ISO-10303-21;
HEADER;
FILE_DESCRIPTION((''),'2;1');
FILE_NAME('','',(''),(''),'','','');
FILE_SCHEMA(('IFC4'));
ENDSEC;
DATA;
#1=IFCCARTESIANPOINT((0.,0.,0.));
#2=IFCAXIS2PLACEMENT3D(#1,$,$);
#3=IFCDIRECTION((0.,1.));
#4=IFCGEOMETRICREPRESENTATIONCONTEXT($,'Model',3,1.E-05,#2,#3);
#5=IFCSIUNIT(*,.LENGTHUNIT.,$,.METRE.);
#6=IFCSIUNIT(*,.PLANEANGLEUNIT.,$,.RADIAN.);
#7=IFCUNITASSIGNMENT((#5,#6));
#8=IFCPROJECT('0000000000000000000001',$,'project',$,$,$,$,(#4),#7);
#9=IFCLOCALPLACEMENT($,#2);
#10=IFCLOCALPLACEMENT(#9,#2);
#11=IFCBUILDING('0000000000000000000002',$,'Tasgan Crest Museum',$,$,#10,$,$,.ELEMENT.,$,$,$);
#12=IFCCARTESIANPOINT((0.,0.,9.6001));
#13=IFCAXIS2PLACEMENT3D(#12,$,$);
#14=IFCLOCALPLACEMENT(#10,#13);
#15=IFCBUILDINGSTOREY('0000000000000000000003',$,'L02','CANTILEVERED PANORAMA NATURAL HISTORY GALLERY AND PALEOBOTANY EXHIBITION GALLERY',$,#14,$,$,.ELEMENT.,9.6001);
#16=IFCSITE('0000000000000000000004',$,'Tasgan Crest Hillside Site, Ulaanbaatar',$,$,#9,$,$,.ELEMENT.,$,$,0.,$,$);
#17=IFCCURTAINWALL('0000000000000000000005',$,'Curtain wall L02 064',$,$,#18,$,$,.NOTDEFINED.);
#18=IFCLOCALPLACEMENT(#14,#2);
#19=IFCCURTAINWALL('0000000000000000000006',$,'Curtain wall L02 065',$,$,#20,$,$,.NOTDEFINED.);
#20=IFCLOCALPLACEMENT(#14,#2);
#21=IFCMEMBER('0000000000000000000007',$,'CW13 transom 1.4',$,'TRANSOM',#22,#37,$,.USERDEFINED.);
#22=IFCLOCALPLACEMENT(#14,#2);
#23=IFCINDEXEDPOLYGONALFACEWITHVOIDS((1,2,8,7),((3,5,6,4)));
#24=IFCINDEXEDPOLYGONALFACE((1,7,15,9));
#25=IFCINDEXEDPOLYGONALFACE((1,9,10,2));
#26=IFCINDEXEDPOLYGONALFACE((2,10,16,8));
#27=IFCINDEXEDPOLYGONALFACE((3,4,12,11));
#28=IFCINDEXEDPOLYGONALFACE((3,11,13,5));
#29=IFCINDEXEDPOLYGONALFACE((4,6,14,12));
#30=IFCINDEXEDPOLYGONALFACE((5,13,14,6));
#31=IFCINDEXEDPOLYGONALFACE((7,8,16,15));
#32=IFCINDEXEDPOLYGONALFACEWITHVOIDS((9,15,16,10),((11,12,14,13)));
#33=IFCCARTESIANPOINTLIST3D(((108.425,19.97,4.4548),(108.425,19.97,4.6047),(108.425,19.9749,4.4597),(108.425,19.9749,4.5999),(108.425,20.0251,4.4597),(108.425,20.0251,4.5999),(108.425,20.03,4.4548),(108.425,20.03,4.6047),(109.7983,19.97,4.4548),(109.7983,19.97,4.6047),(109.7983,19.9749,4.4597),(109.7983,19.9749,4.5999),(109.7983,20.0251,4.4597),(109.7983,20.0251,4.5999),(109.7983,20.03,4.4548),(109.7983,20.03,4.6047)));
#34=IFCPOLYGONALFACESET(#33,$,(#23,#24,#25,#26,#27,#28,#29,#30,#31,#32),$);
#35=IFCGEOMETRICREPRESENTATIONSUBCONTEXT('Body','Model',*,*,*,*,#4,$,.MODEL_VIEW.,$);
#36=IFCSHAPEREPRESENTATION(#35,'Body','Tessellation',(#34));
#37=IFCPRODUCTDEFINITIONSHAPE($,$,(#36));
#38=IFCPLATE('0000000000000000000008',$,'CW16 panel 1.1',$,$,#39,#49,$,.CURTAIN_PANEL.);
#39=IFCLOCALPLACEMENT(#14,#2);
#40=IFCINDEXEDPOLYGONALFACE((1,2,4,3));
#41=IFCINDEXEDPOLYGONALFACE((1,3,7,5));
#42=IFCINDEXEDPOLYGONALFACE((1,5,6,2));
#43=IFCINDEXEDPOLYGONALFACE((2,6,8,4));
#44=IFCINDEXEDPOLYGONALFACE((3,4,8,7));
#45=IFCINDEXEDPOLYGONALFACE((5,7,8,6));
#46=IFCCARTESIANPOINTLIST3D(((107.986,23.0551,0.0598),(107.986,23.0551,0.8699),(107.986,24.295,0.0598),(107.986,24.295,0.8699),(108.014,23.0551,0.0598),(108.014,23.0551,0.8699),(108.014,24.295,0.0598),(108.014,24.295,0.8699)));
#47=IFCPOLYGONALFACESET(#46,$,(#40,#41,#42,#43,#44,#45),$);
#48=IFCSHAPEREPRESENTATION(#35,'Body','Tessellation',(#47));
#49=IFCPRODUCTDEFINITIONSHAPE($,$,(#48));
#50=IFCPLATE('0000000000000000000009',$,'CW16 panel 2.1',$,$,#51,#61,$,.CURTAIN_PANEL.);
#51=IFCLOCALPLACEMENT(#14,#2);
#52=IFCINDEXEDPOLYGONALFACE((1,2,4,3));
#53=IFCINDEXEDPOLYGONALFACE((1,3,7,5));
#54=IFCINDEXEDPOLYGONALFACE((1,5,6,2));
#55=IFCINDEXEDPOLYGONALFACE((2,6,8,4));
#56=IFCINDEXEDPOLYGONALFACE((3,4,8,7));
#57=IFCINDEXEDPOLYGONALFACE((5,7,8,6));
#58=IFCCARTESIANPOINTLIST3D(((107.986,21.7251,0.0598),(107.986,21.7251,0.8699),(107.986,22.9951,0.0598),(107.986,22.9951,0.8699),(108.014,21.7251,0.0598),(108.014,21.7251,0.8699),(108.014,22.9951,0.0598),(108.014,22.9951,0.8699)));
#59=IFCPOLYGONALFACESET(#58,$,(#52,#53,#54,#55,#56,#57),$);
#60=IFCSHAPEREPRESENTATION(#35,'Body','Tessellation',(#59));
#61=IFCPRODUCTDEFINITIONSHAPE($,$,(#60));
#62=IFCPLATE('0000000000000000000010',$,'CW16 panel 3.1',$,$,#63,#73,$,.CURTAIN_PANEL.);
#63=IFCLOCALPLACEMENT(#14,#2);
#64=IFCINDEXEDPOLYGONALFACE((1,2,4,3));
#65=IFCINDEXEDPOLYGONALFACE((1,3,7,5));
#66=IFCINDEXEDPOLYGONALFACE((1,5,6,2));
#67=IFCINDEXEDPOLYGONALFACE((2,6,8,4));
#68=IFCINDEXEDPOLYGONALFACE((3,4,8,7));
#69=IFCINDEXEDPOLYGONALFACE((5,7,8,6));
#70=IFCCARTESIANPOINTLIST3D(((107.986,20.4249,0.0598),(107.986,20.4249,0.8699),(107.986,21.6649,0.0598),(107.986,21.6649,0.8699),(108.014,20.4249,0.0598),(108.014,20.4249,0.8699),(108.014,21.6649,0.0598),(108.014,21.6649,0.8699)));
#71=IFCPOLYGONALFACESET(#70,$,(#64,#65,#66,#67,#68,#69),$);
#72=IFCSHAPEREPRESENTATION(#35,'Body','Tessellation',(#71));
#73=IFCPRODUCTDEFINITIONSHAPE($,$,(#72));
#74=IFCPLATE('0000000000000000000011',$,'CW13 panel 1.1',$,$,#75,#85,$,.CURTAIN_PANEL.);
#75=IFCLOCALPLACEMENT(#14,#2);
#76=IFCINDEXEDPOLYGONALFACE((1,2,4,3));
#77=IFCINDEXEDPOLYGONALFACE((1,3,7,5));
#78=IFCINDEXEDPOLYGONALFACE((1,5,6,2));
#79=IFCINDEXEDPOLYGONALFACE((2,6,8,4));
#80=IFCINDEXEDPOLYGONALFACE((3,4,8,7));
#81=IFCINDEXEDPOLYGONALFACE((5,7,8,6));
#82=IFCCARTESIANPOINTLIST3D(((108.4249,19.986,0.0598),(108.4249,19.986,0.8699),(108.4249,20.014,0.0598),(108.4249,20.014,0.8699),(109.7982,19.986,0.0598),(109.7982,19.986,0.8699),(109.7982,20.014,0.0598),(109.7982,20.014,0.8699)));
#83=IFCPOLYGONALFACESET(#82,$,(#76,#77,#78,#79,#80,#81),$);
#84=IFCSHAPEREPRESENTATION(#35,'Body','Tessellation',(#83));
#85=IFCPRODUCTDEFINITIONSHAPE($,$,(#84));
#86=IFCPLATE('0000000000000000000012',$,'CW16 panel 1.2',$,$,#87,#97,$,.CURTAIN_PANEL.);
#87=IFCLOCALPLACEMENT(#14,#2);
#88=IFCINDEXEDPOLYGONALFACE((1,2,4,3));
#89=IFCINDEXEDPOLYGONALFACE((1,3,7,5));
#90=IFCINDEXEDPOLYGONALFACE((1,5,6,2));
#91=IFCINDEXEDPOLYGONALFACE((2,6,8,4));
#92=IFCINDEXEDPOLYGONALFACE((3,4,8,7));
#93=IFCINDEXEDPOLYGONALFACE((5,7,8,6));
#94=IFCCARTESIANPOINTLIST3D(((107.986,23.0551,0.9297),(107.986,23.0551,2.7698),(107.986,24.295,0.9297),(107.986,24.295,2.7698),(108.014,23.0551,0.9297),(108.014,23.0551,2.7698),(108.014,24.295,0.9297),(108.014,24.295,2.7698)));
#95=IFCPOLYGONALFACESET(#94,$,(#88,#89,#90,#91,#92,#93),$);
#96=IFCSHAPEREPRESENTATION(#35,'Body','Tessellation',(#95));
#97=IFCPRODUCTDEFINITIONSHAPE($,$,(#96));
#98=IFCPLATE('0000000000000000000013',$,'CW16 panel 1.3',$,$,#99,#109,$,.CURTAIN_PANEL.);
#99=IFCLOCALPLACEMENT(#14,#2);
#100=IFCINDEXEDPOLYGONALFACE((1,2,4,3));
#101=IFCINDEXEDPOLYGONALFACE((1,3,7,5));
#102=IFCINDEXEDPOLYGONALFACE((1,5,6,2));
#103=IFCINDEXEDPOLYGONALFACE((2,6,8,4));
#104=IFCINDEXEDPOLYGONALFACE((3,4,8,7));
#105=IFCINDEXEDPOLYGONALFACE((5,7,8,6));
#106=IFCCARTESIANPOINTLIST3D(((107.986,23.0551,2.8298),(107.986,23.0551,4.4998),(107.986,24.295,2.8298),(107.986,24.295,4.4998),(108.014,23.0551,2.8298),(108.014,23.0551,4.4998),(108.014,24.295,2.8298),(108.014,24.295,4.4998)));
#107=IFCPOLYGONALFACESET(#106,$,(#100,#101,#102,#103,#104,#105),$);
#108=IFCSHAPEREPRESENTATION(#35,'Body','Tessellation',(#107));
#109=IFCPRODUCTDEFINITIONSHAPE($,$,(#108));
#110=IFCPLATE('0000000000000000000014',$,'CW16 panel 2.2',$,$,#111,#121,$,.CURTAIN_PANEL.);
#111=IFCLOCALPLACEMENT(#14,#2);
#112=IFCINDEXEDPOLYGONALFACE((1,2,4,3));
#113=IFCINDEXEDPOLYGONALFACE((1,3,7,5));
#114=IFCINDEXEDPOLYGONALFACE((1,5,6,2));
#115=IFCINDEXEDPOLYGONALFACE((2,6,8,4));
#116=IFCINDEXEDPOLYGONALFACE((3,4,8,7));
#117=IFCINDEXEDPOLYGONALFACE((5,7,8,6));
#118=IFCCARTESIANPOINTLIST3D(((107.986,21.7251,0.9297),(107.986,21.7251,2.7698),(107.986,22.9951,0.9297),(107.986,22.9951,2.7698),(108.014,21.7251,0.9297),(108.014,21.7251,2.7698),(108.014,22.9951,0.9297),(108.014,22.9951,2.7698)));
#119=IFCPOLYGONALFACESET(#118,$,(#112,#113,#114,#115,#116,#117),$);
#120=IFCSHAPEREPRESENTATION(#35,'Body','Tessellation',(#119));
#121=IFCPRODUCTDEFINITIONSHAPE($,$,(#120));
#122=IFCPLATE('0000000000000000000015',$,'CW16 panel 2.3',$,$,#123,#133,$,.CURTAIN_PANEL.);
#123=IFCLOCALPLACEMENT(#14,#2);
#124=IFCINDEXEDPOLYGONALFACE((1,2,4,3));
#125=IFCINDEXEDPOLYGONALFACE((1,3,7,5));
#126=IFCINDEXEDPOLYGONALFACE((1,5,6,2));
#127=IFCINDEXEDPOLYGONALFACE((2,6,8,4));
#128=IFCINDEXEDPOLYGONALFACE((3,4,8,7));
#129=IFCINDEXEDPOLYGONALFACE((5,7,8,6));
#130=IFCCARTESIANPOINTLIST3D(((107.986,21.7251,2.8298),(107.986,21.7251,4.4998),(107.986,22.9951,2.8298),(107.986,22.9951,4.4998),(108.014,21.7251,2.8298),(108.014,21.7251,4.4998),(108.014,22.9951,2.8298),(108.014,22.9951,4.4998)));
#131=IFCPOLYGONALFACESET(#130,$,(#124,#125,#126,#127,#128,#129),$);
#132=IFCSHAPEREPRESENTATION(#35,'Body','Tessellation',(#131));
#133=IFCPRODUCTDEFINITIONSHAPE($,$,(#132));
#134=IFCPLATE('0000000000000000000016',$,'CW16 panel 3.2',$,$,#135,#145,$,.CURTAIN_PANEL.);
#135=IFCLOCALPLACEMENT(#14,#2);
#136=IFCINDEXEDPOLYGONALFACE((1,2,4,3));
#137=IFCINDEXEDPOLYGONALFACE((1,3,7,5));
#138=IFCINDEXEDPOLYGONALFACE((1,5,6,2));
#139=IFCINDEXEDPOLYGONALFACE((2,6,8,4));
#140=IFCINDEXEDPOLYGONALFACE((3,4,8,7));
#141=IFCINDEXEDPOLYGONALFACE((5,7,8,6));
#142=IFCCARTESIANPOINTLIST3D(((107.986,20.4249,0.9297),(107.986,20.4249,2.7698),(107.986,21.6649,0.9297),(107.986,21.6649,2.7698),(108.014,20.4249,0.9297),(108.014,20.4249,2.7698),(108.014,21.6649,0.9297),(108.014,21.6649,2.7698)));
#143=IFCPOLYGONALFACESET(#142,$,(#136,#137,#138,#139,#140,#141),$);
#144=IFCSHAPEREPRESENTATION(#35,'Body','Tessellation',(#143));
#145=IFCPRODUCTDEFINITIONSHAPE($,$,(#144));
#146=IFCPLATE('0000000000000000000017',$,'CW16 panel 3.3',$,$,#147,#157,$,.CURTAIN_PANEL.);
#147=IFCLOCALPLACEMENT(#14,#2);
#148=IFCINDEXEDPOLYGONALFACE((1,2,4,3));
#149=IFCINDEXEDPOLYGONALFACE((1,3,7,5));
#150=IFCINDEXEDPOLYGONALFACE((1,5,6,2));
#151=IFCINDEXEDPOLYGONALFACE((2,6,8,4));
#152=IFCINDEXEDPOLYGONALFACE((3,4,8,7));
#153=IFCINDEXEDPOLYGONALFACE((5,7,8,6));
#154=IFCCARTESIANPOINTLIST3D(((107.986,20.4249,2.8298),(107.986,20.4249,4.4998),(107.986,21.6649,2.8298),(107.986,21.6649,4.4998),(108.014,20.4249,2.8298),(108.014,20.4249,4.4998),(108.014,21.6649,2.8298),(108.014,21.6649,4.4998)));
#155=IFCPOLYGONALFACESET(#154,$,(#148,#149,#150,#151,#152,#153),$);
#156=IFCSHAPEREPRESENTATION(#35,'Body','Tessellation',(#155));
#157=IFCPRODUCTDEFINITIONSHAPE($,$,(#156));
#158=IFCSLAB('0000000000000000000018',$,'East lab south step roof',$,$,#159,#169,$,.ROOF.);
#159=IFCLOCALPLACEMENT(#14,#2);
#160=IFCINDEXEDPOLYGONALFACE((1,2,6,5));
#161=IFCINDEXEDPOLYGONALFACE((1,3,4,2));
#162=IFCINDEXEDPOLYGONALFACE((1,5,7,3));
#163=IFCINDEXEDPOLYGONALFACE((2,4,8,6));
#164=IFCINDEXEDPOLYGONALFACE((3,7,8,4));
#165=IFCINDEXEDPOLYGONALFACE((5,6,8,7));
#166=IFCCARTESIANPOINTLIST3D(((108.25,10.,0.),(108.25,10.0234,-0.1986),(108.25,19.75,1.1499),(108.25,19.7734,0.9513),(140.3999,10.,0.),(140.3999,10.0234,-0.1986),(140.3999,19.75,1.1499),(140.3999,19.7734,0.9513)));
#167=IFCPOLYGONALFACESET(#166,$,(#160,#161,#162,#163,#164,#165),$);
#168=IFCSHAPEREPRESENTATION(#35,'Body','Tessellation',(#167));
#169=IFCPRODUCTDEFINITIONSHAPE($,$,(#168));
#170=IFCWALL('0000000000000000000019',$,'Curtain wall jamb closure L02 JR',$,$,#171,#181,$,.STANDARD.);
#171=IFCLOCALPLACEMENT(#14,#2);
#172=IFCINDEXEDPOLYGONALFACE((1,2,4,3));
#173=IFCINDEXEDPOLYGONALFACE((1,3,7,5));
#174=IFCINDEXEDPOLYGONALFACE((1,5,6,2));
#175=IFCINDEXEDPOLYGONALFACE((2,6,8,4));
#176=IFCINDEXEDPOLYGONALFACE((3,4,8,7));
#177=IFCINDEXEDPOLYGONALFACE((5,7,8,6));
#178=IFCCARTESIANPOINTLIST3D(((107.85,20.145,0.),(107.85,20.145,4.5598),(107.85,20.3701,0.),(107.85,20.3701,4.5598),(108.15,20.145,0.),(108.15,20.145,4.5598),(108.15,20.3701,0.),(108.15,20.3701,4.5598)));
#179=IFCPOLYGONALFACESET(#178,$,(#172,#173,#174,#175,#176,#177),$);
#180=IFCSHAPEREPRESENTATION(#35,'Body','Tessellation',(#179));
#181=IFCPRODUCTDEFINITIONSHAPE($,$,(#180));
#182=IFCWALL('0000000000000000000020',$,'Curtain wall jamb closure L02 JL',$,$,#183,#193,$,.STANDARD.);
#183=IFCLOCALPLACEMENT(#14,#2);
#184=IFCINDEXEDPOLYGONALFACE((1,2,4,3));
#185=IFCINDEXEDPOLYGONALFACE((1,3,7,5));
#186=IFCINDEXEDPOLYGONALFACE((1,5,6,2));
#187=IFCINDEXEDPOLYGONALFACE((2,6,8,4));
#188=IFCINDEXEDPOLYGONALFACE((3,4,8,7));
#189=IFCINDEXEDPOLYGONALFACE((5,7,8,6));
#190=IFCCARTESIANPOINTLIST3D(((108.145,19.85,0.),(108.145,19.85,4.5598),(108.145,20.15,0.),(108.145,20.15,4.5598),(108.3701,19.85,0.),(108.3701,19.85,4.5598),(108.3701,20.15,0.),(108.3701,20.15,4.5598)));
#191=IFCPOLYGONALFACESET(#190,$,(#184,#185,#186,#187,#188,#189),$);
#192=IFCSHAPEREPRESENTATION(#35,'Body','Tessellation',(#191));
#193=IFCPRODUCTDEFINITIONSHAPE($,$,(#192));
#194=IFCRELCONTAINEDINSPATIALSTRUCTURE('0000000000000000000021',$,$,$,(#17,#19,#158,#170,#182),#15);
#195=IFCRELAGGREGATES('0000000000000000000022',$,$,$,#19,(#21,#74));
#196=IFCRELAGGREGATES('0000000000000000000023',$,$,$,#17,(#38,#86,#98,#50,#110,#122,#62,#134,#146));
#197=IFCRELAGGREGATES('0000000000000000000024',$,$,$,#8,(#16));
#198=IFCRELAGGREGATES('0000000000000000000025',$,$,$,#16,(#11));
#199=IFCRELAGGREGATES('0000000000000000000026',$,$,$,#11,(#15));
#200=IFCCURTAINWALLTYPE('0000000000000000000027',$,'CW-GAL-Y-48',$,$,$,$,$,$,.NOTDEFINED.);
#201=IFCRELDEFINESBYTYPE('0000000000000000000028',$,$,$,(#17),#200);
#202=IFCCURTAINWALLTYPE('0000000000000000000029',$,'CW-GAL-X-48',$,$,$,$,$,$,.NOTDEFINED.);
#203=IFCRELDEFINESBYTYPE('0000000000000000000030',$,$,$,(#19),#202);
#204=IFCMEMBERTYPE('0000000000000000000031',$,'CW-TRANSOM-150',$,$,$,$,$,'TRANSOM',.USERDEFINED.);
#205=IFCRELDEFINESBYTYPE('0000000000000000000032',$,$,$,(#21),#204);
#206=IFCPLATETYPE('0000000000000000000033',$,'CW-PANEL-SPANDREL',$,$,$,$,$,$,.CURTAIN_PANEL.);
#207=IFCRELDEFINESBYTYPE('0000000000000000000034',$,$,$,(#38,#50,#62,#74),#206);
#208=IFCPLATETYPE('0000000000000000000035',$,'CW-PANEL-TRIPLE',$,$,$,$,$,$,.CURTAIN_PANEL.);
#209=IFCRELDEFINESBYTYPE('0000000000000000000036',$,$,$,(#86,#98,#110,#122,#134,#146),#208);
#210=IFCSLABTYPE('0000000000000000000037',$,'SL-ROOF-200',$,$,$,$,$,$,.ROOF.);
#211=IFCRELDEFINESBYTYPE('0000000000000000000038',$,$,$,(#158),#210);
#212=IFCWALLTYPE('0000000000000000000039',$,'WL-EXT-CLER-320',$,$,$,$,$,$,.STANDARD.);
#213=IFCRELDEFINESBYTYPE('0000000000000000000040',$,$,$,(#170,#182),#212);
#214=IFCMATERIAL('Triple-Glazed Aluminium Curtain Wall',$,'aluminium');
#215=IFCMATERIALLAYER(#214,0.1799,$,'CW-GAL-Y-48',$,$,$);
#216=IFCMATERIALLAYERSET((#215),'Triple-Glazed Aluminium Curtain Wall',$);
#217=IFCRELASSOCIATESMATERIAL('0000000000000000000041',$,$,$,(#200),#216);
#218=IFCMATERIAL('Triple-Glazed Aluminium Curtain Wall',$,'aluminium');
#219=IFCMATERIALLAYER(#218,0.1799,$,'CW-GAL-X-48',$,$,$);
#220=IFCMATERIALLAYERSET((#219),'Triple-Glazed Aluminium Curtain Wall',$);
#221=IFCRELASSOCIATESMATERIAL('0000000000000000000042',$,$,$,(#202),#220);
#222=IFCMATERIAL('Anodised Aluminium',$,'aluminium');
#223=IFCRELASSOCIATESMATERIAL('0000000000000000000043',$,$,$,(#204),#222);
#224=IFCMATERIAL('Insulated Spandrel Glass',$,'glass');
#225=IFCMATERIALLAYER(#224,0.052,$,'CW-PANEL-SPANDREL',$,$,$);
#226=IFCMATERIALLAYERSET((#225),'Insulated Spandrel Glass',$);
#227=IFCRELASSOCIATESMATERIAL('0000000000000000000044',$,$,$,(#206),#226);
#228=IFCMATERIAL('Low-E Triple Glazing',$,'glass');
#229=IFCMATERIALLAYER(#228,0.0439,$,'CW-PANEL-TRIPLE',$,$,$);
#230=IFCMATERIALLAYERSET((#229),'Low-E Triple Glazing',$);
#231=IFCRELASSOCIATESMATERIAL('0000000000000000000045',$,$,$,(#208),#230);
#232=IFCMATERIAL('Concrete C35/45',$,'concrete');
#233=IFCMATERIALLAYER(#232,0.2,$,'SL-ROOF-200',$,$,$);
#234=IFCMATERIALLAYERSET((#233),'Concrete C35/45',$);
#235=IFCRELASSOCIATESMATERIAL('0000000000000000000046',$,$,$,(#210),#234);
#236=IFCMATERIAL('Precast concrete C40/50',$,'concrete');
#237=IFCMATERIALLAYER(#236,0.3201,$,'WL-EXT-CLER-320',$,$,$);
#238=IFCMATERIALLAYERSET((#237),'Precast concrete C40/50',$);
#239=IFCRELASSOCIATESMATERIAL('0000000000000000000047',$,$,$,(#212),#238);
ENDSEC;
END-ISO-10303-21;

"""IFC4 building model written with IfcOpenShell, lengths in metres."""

from ifc_helpers import new_model, si_unit, direction, frame, frame_2d, origin, origin_2d, place, context, subcontext, project, spatial, polyline, rectangle, hollow_rectangle, outline, extrude, material, layer, layer_set, material_profile, profile_set, type_object, element, aggregate, save


model = new_model("IFC4")

# Units and contexts
model_context = context("Model", 3, precision=1e-05, world=origin(), true_north=direction((0.0, 1.0)))
body_context = subcontext(model_context, "Body", "Model", "MODEL_VIEW")
ifc_project = project(units=[si_unit("LENGTHUNIT", "METRE"), si_unit("PLANEANGLEUNIT", "RADIAN")], contexts=[model_context])

# Site, building, storey
site_placement = place(None, origin())
site = spatial("IfcSite", under=ifc_project, at=site_placement, Name="Tasgan Crest Hillside Site, Ulaanbaatar", CompositionType="ELEMENT", RefElevation=0.0)
building_placement = place(site_placement, origin())
building = spatial("IfcBuilding", under=site, at=building_placement, Name="Tasgan Crest Museum", CompositionType="ELEMENT")
storey_placement = place(building_placement, frame((0.0, 0.0, 9.6001)))
storey = spatial("IfcBuildingStorey", under=building, at=storey_placement, Name="L02", Description="CANTILEVERED PANORAMA NATURAL HISTORY GALLERY AND PALEOBOTANY EXHIBITION GALLERY", CompositionType="ELEMENT", Elevation=9.6001)

# Curtain wall
ifc_material_1 = material(Name="Triple-Glazed Aluminium Curtain Wall", Category="aluminium")
ifc_layer_1 = layer(ifc_material_1, 0.1799, Name="CW-GAL-Y-48")
ifc_layer_set_1 = layer_set([ifc_layer_1], Name="Triple-Glazed Aluminium Curtain Wall")
curtain_wall_type_1 = type_object("IfcCurtainWallType", Name="CW-GAL-Y-48", PredefinedType="NOTDEFINED", material=ifc_layer_set_1)
curtain_wall_1_placement = place(storey_placement, origin())
curtain_wall_1 = element("IfcCurtainWall", 1, at=curtain_wall_1_placement, inside=storey, type_object=curtain_wall_type_1, Name="Curtain wall L02 064", PredefinedType="NOTDEFINED")

# Curtain wall
ifc_material_2 = material(Name="Triple-Glazed Aluminium Curtain Wall", Category="aluminium")
ifc_layer_2 = layer(ifc_material_2, 0.1799, Name="CW-GAL-X-48")
ifc_layer_set_2 = layer_set([ifc_layer_2], Name="Triple-Glazed Aluminium Curtain Wall")
curtain_wall_type_2 = type_object("IfcCurtainWallType", Name="CW-GAL-X-48", PredefinedType="NOTDEFINED", material=ifc_layer_set_2)
curtain_wall_2_placement = place(storey_placement, origin())
curtain_wall_2 = element("IfcCurtainWall", 2, at=curtain_wall_2_placement, inside=storey, type_object=curtain_wall_type_2, Name="Curtain wall L02 065", PredefinedType="NOTDEFINED")

# Member
ifc_material_3 = material(Name="Anodised Aluminium", Category="aluminium")
ifc_material_profile_1 = material_profile(ifc_material_3, hollow_rectangle(XDim=0.0601, YDim=0.1499, WallThickness=0.0049, at=origin_2d()), Name="ALU TRANSOM 150x60x5")
ifc_profile_set_1 = profile_set([ifc_material_profile_1], Name="Anodised Aluminium")
member_type_1 = type_object("IfcMemberType", Name="CW-TRANSOM-150", ElementType="TRANSOM", PredefinedType="USERDEFINED", material=ifc_profile_set_1)
member_1_placement = place(storey_placement, frame((108.425, 20.0, 4.5298), z_axis=(1.0, 0.0, 0.0), x_axis=(0.0, 1.0, 0.0)))
member_1 = element("IfcMember", 3, at=member_1_placement, type_object=member_type_1, Name="CW13 transom 1.4", ObjectType="TRANSOM", PredefinedType="USERDEFINED", context=body_context, shape_type="SweptSolid", body=[
    extrude(hollow_rectangle(XDim=0.0601, YDim=0.1499, WallThickness=0.0049, at=origin_2d()), origin(), (0.0, 0.0, 1.0), 1.3733),
])

# Plates
ifc_material_4 = material(Name="Insulated Spandrel Glass", Category="glass")
ifc_layer_3 = layer(ifc_material_4, 0.052, Name="CW-PANEL-SPANDREL")
ifc_layer_set_3 = layer_set([ifc_layer_3], Name="Insulated Spandrel Glass")
plate_type_1 = type_object("IfcPlateType", Name="CW-PANEL-SPANDREL", PredefinedType="CURTAIN_PANEL", material=ifc_layer_set_3)
plate_1_placement = place(storey_placement, frame((108.0, 23.675, 0.0598), z_axis=(0.0, 0.0, 1.0), x_axis=(0.0, -1.0, 0.0)))
plate_1 = element("IfcPlate", 4, at=plate_1_placement, type_object=plate_type_1, Name="CW16 panel 1.1", PredefinedType="CURTAIN_PANEL", context=body_context, shape_type="SweptSolid", body=[
    extrude(rectangle(XDim=1.24, YDim=0.0281, at=origin_2d()), origin(), (0.0, 0.0, 1.0), 0.8101),
])
plate_2_placement = place(storey_placement, frame((108.0, 22.3601, 0.0598), z_axis=(0.0, 0.0, 1.0), x_axis=(0.0, -1.0, 0.0)))
plate_2 = element("IfcPlate", 5, at=plate_2_placement, type_object=plate_type_1, Name="CW16 panel 2.1", PredefinedType="CURTAIN_PANEL", context=body_context, shape_type="SweptSolid", body=[
    extrude(rectangle(XDim=1.27, YDim=0.0281, at=origin_2d()), origin(), (0.0, 0.0, 1.0), 0.8101),
])
plate_3_placement = place(storey_placement, frame((108.0, 21.0449, 0.0598), z_axis=(0.0, 0.0, 1.0), x_axis=(0.0, -1.0, 0.0)))
plate_3 = element("IfcPlate", 6, at=plate_3_placement, type_object=plate_type_1, Name="CW16 panel 3.1", PredefinedType="CURTAIN_PANEL", context=body_context, shape_type="SweptSolid", body=[
    extrude(rectangle(XDim=1.24, YDim=0.0281, at=origin_2d()), origin(), (0.0, 0.0, 1.0), 0.8101),
])
plate_4_placement = place(storey_placement, frame((109.1116, 20.0, 0.0598), z_axis=(0.0, 0.0, 1.0), x_axis=(1.0, 0.0, 0.0)))
plate_4 = element("IfcPlate", 7, at=plate_4_placement, type_object=plate_type_1, Name="CW13 panel 1.1", PredefinedType="CURTAIN_PANEL", context=body_context, shape_type="SweptSolid", body=[
    extrude(rectangle(XDim=1.3733, YDim=0.0281, at=origin_2d()), origin(), (0.0, 0.0, 1.0), 0.8101),
])
aggregate(curtain_wall_2, [member_1, plate_4])
ifc_material_5 = material(Name="Low-E Triple Glazing", Category="glass")
ifc_layer_4 = layer(ifc_material_5, 0.0439, Name="CW-PANEL-TRIPLE")
ifc_layer_set_4 = layer_set([ifc_layer_4], Name="Low-E Triple Glazing")
plate_type_2 = type_object("IfcPlateType", Name="CW-PANEL-TRIPLE", PredefinedType="CURTAIN_PANEL", material=ifc_layer_set_4)
plate_5_placement = place(storey_placement, frame((108.0, 23.675, 0.9297), z_axis=(0.0, 0.0, 1.0), x_axis=(0.0, -1.0, 0.0)))
plate_5 = element("IfcPlate", 8, at=plate_5_placement, type_object=plate_type_2, Name="CW16 panel 1.2", PredefinedType="CURTAIN_PANEL", context=body_context, shape_type="SweptSolid", body=[
    extrude(rectangle(XDim=1.24, YDim=0.0281, at=origin_2d()), origin(), (0.0, 0.0, 1.0), 1.8401),
])
plate_6_placement = place(storey_placement, frame((108.0, 23.675, 2.8298), z_axis=(0.0, 0.0, 1.0), x_axis=(0.0, -1.0, 0.0)))
plate_6 = element("IfcPlate", 9, at=plate_6_placement, type_object=plate_type_2, Name="CW16 panel 1.3", PredefinedType="CURTAIN_PANEL", context=body_context, shape_type="SweptSolid", body=[
    extrude(rectangle(XDim=1.24, YDim=0.0281, at=origin_2d()), origin(), (0.0, 0.0, 1.0), 1.6699),
])
plate_7_placement = place(storey_placement, frame((108.0, 22.3601, 0.9297), z_axis=(0.0, 0.0, 1.0), x_axis=(0.0, -1.0, 0.0)))
plate_7 = element("IfcPlate", 10, at=plate_7_placement, type_object=plate_type_2, Name="CW16 panel 2.2", PredefinedType="CURTAIN_PANEL", context=body_context, shape_type="SweptSolid", body=[
    extrude(rectangle(XDim=1.27, YDim=0.0281, at=origin_2d()), origin(), (0.0, 0.0, 1.0), 1.8401),
])
plate_8_placement = place(storey_placement, frame((108.0, 22.3601, 2.8298), z_axis=(0.0, 0.0, 1.0), x_axis=(0.0, -1.0, 0.0)))
plate_8 = element("IfcPlate", 11, at=plate_8_placement, type_object=plate_type_2, Name="CW16 panel 2.3", PredefinedType="CURTAIN_PANEL", context=body_context, shape_type="SweptSolid", body=[
    extrude(rectangle(XDim=1.27, YDim=0.0281, at=origin_2d()), origin(), (0.0, 0.0, 1.0), 1.6699),
])
plate_9_placement = place(storey_placement, frame((108.0, 21.0449, 0.9297), z_axis=(0.0, 0.0, 1.0), x_axis=(0.0, -1.0, 0.0)))
plate_9 = element("IfcPlate", 12, at=plate_9_placement, type_object=plate_type_2, Name="CW16 panel 3.2", PredefinedType="CURTAIN_PANEL", context=body_context, shape_type="SweptSolid", body=[
    extrude(rectangle(XDim=1.24, YDim=0.0281, at=origin_2d()), origin(), (0.0, 0.0, 1.0), 1.8401),
])
plate_10_placement = place(storey_placement, frame((108.0, 21.0449, 2.8298), z_axis=(0.0, 0.0, 1.0), x_axis=(0.0, -1.0, 0.0)))
plate_10 = element("IfcPlate", 13, at=plate_10_placement, type_object=plate_type_2, Name="CW16 panel 3.3", PredefinedType="CURTAIN_PANEL", context=body_context, shape_type="SweptSolid", body=[
    extrude(rectangle(XDim=1.24, YDim=0.0281, at=origin_2d()), origin(), (0.0, 0.0, 1.0), 1.6699),
])
aggregate(curtain_wall_1, [plate_1, plate_5, plate_6, plate_2, plate_7, plate_8, plate_3, plate_9, plate_10])

# Slab
ifc_material_6 = material(Name="Concrete C35/45", Category="concrete")
ifc_layer_5 = layer(ifc_material_6, 0.2, Name="SL-ROOF-200")
ifc_layer_set_5 = layer_set([ifc_layer_5], Name="Concrete C35/45")
slab_type = type_object("IfcSlabType", Name="SL-ROOF-200", PredefinedType="ROOF", material=ifc_layer_set_5)
slab_placement = place(storey_placement, frame((108.25, 10.0, 0.0), z_axis=(0.0, -0.117127, 0.993117), x_axis=(1.0, 0.0, 0.0)))
element("IfcSlab", 14, at=slab_placement, inside=storey, type_object=slab_type, Name="East lab south step roof", PredefinedType="ROOF", context=body_context, shape_type="SweptSolid", body=[
    extrude(outline(polyline([(0.0, 0.0), (32.1499, 0.0), (32.1499, 9.8176), (0.0, 9.8176), (0.0, 0.0)])), origin(), (0.0, 0.0, -1.0), 0.2),
])

# Walls
ifc_material_7 = material(Name="Precast concrete C40/50", Category="concrete")
ifc_layer_6 = layer(ifc_material_7, 0.3201, Name="WL-EXT-CLER-320")
ifc_layer_set_6 = layer_set([ifc_layer_6], Name="Precast concrete C40/50")
wall_type = type_object("IfcWallType", Name="WL-EXT-CLER-320", PredefinedType="STANDARD", material=ifc_layer_set_6)
for number, where, z_axis, x_axis, name in (
    (15, (108.0, 20.3701, 0.0), (0.0, 0.0, 1.0), (0.0, -1.0, 0.0), "Curtain wall jamb closure L02 JR"),
    (16, (108.145, 20.0, 0.0), (0.0, 0.0, 1.0), (1.0, 0.0, 0.0), "Curtain wall jamb closure L02 JL"),
):
    element("IfcWall", number, at=place(storey_placement, frame(where, z_axis=z_axis, x_axis=x_axis)), inside=storey, type_object=wall_type, Name=name, PredefinedType="STANDARD", context=body_context, shape_type="SweptSolid", body=[
        extrude(rectangle(XDim=0.2251, YDim=0.3, at=frame_2d((0.1125, 0.0))), origin(), (0.0, 0.0, 1.0), 4.5598),
    ])

save(model, "model.ifc")
